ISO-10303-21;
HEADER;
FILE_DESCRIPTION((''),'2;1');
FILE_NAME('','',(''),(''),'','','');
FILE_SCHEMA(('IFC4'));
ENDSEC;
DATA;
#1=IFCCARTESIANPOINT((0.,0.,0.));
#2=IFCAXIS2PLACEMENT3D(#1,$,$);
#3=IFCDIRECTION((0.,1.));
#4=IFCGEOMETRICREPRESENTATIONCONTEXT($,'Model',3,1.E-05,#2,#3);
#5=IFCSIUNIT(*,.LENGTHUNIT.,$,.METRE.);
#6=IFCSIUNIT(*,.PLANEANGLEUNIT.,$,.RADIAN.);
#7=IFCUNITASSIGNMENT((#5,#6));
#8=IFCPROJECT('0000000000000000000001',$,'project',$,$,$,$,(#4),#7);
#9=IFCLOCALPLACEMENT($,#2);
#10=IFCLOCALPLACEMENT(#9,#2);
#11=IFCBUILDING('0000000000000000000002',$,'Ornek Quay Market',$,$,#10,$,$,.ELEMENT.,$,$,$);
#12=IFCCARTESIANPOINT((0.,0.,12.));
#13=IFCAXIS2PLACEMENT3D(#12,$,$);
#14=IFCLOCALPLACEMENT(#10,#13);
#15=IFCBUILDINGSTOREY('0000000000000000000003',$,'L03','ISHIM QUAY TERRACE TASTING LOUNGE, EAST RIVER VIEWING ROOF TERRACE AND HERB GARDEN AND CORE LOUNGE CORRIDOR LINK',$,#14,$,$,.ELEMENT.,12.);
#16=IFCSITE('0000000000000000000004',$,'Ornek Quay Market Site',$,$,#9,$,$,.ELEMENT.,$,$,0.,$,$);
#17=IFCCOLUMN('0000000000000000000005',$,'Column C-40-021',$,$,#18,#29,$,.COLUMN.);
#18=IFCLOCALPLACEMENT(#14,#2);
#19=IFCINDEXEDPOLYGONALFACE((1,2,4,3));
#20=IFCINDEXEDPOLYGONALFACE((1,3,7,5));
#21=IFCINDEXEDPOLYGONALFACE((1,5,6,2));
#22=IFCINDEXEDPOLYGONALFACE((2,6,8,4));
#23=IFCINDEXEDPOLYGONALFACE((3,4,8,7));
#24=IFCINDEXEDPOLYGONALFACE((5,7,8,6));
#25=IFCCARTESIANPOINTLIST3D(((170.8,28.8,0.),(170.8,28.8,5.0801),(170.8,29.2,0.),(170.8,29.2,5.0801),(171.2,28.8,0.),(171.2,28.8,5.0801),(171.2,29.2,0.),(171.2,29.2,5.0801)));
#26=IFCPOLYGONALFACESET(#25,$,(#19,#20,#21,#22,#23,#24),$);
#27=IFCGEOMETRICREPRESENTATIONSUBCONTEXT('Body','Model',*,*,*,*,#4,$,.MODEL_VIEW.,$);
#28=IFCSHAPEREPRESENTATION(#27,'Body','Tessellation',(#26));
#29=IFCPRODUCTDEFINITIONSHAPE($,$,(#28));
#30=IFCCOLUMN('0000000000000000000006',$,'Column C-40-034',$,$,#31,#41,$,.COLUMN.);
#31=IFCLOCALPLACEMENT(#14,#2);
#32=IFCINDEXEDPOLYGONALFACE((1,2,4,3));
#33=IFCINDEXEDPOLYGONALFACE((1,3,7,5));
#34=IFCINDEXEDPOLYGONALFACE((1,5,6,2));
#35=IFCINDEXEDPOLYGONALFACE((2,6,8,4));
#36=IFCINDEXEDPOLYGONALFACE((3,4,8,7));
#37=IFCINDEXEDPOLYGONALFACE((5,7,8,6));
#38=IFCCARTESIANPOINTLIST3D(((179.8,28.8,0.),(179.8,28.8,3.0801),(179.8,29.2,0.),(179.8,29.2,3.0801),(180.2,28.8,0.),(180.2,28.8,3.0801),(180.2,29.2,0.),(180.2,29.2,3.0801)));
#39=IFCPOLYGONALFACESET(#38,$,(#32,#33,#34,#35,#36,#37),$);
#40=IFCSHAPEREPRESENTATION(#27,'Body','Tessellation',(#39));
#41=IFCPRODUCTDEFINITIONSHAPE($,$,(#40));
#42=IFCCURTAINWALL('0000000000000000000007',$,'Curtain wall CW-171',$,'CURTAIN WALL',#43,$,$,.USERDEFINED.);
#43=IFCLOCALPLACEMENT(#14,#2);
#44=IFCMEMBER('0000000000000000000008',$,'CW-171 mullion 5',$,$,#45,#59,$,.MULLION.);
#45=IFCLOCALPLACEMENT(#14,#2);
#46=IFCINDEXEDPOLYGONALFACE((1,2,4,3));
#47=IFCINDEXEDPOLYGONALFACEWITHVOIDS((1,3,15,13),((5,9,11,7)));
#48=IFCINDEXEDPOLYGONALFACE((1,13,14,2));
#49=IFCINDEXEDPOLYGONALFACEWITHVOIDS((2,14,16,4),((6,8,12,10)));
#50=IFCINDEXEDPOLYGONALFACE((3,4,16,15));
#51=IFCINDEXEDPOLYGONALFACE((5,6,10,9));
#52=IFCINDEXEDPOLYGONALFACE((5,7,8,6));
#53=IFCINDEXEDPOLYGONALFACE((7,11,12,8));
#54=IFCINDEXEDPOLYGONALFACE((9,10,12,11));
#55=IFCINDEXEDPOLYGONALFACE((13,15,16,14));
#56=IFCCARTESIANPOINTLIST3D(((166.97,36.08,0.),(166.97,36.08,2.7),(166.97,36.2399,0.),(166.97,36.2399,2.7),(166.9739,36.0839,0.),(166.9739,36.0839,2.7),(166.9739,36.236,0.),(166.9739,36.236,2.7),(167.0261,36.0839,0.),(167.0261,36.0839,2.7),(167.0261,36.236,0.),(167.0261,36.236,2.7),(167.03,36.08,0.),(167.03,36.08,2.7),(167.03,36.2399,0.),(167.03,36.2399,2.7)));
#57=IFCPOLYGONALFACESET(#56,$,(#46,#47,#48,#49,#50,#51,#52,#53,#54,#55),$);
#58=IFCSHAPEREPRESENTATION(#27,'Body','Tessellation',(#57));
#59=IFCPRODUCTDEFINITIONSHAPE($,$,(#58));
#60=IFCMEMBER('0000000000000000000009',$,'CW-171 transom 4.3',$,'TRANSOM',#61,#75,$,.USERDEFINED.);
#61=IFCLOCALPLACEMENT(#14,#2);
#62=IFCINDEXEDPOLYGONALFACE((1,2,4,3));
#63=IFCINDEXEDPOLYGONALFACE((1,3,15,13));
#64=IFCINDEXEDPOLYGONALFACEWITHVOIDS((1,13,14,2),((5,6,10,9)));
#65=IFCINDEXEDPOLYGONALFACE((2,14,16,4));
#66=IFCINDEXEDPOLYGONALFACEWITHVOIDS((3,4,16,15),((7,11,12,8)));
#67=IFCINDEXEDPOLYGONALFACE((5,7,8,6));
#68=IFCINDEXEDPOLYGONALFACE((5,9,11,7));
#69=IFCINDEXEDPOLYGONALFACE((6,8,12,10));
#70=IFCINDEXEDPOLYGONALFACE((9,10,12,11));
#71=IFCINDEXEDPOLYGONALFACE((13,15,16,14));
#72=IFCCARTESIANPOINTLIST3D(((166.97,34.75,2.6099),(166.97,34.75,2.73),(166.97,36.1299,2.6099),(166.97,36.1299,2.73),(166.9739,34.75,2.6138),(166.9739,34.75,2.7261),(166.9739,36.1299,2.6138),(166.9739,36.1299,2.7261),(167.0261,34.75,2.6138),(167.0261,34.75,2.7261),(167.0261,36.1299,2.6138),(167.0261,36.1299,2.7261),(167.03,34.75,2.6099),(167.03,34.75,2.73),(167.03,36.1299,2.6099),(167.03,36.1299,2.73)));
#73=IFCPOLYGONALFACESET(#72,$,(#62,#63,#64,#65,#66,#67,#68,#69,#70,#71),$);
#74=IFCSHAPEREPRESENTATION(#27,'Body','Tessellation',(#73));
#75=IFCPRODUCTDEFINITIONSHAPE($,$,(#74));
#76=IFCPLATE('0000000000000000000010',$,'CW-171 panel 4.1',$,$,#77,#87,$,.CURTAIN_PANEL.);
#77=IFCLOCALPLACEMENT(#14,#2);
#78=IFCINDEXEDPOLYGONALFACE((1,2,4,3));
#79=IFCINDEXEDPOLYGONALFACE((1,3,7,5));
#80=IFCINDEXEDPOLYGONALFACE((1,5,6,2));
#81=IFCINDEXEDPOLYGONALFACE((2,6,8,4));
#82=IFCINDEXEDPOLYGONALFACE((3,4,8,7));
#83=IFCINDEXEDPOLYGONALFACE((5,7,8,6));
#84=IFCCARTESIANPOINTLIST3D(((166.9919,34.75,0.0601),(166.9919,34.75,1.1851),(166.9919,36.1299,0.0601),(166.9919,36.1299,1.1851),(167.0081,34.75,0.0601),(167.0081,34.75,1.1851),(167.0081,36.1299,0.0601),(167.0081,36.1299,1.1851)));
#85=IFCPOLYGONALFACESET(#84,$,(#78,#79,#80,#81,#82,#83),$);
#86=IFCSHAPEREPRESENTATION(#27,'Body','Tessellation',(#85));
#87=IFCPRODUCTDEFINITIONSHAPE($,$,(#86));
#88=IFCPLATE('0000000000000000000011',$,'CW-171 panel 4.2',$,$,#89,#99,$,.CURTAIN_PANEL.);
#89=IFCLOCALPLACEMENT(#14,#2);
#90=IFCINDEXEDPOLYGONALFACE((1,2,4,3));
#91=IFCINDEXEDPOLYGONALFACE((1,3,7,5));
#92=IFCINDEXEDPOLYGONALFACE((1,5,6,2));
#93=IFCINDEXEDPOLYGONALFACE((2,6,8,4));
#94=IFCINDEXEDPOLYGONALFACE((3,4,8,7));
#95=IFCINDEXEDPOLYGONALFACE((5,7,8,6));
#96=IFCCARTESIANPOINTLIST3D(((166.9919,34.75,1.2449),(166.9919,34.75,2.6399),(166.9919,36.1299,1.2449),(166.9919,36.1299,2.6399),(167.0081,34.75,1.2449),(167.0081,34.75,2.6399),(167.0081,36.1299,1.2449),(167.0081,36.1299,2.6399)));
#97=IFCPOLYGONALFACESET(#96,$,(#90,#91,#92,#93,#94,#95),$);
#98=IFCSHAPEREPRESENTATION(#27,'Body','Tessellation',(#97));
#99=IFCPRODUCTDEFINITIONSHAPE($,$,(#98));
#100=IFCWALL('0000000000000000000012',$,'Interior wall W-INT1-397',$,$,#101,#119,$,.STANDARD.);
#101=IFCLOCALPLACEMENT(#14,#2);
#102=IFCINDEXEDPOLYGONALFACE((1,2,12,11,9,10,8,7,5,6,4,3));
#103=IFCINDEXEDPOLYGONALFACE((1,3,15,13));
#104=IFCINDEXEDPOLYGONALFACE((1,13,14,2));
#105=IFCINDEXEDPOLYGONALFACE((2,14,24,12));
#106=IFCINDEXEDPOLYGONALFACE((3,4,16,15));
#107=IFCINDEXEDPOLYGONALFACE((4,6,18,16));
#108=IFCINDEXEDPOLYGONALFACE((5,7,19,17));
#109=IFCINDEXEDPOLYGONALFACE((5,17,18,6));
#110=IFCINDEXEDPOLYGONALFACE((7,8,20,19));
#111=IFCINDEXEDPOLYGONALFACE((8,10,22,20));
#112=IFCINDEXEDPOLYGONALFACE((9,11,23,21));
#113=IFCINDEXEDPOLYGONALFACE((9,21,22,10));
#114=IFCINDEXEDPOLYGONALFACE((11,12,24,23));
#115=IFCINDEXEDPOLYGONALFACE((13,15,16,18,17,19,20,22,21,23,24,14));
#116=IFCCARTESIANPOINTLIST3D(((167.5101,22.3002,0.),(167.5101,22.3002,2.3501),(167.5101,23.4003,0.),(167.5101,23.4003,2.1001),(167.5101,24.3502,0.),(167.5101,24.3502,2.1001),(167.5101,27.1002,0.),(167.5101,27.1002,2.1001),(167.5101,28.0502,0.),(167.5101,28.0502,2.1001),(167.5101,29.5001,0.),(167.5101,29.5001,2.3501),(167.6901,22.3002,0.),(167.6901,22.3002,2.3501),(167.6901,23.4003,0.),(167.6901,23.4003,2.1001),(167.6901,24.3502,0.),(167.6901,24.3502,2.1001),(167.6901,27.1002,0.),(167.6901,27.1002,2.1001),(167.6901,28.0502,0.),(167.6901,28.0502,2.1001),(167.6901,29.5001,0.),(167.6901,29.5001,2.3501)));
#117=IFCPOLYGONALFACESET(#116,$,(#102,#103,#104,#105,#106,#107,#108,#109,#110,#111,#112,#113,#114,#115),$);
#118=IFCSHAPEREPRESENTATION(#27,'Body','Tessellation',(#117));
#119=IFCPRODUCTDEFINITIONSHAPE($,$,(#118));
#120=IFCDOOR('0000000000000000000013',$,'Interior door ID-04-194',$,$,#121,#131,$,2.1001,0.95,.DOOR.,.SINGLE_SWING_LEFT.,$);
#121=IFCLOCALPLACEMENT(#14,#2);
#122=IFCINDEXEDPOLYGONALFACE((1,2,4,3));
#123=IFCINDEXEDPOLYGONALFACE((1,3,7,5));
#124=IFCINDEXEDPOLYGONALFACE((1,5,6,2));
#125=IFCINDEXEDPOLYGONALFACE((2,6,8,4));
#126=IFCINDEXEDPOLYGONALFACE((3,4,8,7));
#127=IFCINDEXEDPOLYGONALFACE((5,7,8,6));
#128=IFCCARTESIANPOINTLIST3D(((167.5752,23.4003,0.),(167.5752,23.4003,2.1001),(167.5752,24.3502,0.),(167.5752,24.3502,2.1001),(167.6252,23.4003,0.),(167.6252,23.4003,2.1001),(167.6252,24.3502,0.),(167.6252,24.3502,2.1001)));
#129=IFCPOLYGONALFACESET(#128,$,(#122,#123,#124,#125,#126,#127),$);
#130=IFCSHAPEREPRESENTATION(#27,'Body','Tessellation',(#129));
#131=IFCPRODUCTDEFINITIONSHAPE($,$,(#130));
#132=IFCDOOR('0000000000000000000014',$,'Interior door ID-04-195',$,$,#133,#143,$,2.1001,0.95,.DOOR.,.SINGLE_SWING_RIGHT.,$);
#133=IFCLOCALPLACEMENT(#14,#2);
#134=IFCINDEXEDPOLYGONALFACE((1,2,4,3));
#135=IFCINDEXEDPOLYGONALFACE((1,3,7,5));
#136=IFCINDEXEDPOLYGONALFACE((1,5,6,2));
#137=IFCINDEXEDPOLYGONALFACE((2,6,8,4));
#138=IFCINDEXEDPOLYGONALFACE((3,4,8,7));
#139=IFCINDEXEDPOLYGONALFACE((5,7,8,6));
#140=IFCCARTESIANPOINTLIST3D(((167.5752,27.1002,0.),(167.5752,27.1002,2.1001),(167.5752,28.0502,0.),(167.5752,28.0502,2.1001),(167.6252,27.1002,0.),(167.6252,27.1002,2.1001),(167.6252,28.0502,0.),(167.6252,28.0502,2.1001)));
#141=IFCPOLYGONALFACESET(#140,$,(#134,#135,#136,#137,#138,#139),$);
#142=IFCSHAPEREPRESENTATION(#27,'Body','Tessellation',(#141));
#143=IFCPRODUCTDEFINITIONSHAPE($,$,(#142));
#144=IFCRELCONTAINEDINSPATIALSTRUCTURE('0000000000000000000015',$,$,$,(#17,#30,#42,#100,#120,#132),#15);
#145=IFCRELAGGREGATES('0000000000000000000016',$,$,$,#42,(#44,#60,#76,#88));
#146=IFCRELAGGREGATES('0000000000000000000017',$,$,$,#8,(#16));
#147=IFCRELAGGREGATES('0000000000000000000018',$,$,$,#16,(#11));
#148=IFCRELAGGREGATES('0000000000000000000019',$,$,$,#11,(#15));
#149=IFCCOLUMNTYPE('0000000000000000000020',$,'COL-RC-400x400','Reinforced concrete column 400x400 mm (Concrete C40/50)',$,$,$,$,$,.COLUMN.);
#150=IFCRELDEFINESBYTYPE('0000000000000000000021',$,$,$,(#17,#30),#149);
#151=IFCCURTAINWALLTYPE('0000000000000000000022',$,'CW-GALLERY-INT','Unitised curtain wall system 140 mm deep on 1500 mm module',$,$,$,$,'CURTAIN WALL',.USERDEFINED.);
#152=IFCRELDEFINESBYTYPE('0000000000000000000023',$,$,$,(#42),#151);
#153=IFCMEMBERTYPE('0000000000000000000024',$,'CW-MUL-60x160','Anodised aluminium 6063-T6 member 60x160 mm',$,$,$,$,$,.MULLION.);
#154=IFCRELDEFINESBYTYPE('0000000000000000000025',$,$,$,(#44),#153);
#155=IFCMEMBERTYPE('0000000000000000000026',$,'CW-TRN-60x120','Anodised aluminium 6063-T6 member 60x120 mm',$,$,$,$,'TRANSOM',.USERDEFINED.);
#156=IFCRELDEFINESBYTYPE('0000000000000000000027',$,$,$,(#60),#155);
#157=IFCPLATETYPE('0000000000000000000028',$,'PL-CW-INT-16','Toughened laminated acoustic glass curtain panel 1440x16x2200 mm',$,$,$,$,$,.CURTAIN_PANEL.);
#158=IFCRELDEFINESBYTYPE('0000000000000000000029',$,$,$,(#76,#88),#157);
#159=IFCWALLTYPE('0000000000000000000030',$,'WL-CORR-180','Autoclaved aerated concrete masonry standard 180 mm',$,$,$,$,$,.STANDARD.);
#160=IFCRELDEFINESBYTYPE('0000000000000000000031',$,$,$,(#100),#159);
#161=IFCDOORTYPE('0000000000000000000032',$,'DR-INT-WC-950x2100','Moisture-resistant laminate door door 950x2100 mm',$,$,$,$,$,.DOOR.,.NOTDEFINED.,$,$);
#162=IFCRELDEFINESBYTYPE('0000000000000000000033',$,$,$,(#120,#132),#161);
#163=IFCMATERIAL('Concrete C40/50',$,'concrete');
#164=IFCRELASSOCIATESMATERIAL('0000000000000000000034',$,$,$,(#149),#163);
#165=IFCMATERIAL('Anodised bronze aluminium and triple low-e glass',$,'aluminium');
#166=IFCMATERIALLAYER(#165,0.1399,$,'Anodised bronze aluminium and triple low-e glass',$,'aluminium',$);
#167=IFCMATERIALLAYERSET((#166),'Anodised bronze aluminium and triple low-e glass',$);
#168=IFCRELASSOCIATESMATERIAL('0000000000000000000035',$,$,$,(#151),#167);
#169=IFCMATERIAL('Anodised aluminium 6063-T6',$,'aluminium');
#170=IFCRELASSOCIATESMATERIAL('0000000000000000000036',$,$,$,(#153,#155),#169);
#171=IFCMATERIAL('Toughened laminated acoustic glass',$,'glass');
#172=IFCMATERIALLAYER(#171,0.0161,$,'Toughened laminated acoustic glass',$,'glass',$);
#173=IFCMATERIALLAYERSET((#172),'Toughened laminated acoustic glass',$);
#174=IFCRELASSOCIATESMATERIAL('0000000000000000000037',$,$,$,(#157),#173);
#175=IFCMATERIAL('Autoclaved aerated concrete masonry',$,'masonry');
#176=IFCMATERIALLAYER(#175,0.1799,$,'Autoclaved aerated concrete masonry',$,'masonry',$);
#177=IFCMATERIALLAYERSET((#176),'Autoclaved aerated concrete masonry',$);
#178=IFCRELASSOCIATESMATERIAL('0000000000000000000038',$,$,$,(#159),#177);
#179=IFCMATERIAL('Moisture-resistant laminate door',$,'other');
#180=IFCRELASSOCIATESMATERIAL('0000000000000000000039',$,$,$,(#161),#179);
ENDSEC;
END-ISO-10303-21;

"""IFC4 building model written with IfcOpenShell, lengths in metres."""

from ifc_helpers import new_model, si_unit, direction, frame, frame_2d, origin, origin_2d, place, context, subcontext, project, spatial, rectangle, hollow_rectangle, extrude, material, layer, layer_set, material_profile, profile_set, type_object, element, fill, aggregate, save


model = new_model("IFC4")

# Units and contexts
model_context = context("Model", 3, precision=1e-05, world=origin(), true_north=direction((0.0, 1.0)))
body_context = subcontext(model_context, "Body", "Model", "MODEL_VIEW")
ifc_project = project(units=[si_unit("LENGTHUNIT", "METRE"), si_unit("PLANEANGLEUNIT", "RADIAN")], contexts=[model_context])

# Site, building, storey
site_placement = place(None, origin())
site = spatial("IfcSite", under=ifc_project, at=site_placement, Name="Ornek Quay Market Site", CompositionType="ELEMENT", RefElevation=0.0)
building_placement = place(site_placement, origin())
building = spatial("IfcBuilding", under=site, at=building_placement, Name="Ornek Quay Market", CompositionType="ELEMENT")
storey_placement = place(building_placement, frame((0.0, 0.0, 12.0)))
storey = spatial("IfcBuildingStorey", under=building, at=storey_placement, Name="L03", Description="ISHIM QUAY TERRACE TASTING LOUNGE, EAST RIVER VIEWING ROOF TERRACE AND HERB GARDEN AND CORE LOUNGE CORRIDOR LINK", CompositionType="ELEMENT", Elevation=12.0)

# Columns
ifc_material_1 = material(Name="Concrete C40/50", Category="concrete")
ifc_material_profile_1 = material_profile(ifc_material_1, rectangle(XDim=0.3999, YDim=0.3999, at=origin_2d()), Name="RC 400x400", Category="concrete")
ifc_profile_set_1 = profile_set([ifc_material_profile_1], Name="Concrete C40/50")
column_type = type_object("IfcColumnType", Name="COL-RC-400x400", Description="Reinforced concrete column 400x400 mm (Concrete C40/50)", PredefinedType="COLUMN", material=ifc_profile_set_1)
column_1_placement = place(storey_placement, frame((171.0, 29.0, 0.0), z_axis=(0.0, 0.0, 1.0), x_axis=(1.0, 0.0, 0.0)))
element("IfcColumn", 1, at=column_1_placement, inside=storey, type_object=column_type, Name="Column C-40-021", PredefinedType="COLUMN", context=body_context, shape_type="SweptSolid", body=[
    extrude(rectangle(XDim=0.3999, YDim=0.3999, at=origin_2d()), origin(), (0.0, 0.0, 1.0), 5.0801),
])
column_2_placement = place(storey_placement, frame((180.0, 29.0, 0.0), z_axis=(0.0, 0.0, 1.0), x_axis=(1.0, 0.0, 0.0)))
element("IfcColumn", 2, at=column_2_placement, inside=storey, type_object=column_type, Name="Column C-40-034", PredefinedType="COLUMN", context=body_context, shape_type="SweptSolid", body=[
    extrude(rectangle(XDim=0.3999, YDim=0.3999, at=origin_2d()), origin(), (0.0, 0.0, 1.0), 3.0801),
])

# Curtain wall, members, plates
ifc_material_2 = material(Name="Anodised bronze aluminium and triple low-e glass", Category="aluminium")
ifc_layer_1 = layer(ifc_material_2, 0.1399, Name="Anodised bronze aluminium and triple low-e glass", Category="aluminium")
ifc_layer_set_1 = layer_set([ifc_layer_1], Name="Anodised bronze aluminium and triple low-e glass")
curtain_wall_type = type_object("IfcCurtainWallType", Name="CW-GALLERY-INT", Description="Unitised curtain wall system 140 mm deep on 1500 mm module", ElementType="CURTAIN WALL", PredefinedType="USERDEFINED", material=ifc_layer_set_1)
curtain_wall_placement = place(storey_placement, origin())
curtain_wall = element("IfcCurtainWall", 3, at=curtain_wall_placement, inside=storey, type_object=curtain_wall_type, Name="Curtain wall CW-171", ObjectType="CURTAIN WALL", PredefinedType="USERDEFINED")
ifc_material_3 = material(Name="Anodised aluminium 6063-T6", Category="aluminium")
ifc_material_profile_2 = material_profile(ifc_material_3, hollow_rectangle(XDim=0.0601, YDim=0.1599, WallThickness=0.0039, at=origin_2d()), Name="CW-MUL-60x160", Category="aluminium")
ifc_profile_set_2 = profile_set([ifc_material_profile_2], Name="Anodised aluminium 6063-T6")
member_type_1 = type_object("IfcMemberType", Name="CW-MUL-60x160", Description="Anodised aluminium 6063-T6 member 60x160 mm", PredefinedType="MULLION", material=ifc_profile_set_2)
member_1_placement = place(storey_placement, frame((167.0, 36.1599, 0.0), z_axis=(0.0, 0.0, 1.0), x_axis=(-1.0, 0.0, 0.0)))
member_1 = element("IfcMember", 4, at=member_1_placement, type_object=member_type_1, Name="CW-171 mullion 5", PredefinedType="MULLION", context=body_context, shape_type="SweptSolid", body=[
    extrude(hollow_rectangle(XDim=0.0601, YDim=0.1599, WallThickness=0.0039, at=origin_2d()), origin(), (0.0, 0.0, 1.0), 2.7),
])
ifc_material_profile_3 = material_profile(ifc_material_3, hollow_rectangle(XDim=0.0601, YDim=0.1201, WallThickness=0.0039, at=origin_2d()), Name="CW-TRN-60x120", Category="aluminium")
ifc_profile_set_3 = profile_set([ifc_material_profile_3], Name="Anodised aluminium 6063-T6")
member_type_2 = type_object("IfcMemberType", Name="CW-TRN-60x120", Description="Anodised aluminium 6063-T6 member 60x120 mm", ElementType="TRANSOM", PredefinedType="USERDEFINED", material=ifc_profile_set_3)
member_2_placement = place(storey_placement, frame((167.0, 34.75, 2.6699), z_axis=(0.0, 1.0, 0.0), x_axis=(-1.0, 0.0, 0.0)))
member_2 = element("IfcMember", 5, at=member_2_placement, type_object=member_type_2, Name="CW-171 transom 4.3", ObjectType="TRANSOM", PredefinedType="USERDEFINED", context=body_context, shape_type="SweptSolid", body=[
    extrude(hollow_rectangle(XDim=0.0601, YDim=0.1201, WallThickness=0.0039, at=origin_2d()), origin(), (0.0, 0.0, 1.0), 1.3799),
])
ifc_material_4 = material(Name="Toughened laminated acoustic glass", Category="glass")
ifc_layer_2 = layer(ifc_material_4, 0.0161, Name="Toughened laminated acoustic glass", Category="glass")
ifc_layer_set_2 = layer_set([ifc_layer_2], Name="Toughened laminated acoustic glass")
plate_type = type_object("IfcPlateType", Name="PL-CW-INT-16", Description="Toughened laminated acoustic glass curtain panel 1440x16x2200 mm", PredefinedType="CURTAIN_PANEL", material=ifc_layer_set_2)
plate_1_placement = place(storey_placement, frame((167.0, 35.4399, 0.0601), z_axis=(0.0, 0.0, 1.0), x_axis=(0.0, 1.0, 0.0)))
plate_1 = element("IfcPlate", 6, at=plate_1_placement, type_object=plate_type, Name="CW-171 panel 4.1", PredefinedType="CURTAIN_PANEL", context=body_context, shape_type="SweptSolid", body=[
    extrude(rectangle(XDim=1.3799, YDim=0.0161, at=origin_2d()), origin(), (0.0, 0.0, 1.0), 1.125),
])
plate_2_placement = place(storey_placement, frame((167.0, 35.4399, 1.2449), z_axis=(0.0, 0.0, 1.0), x_axis=(0.0, 1.0, 0.0)))
plate_2 = element("IfcPlate", 7, at=plate_2_placement, type_object=plate_type, Name="CW-171 panel 4.2", PredefinedType="CURTAIN_PANEL", context=body_context, shape_type="SweptSolid", body=[
    extrude(rectangle(XDim=1.3799, YDim=0.0161, at=origin_2d()), origin(), (0.0, 0.0, 1.0), 1.395),
])
aggregate(curtain_wall, [member_1, member_2, plate_1, plate_2])

# Wall, openings, doors
ifc_material_5 = material(Name="Autoclaved aerated concrete masonry", Category="masonry")
ifc_layer_3 = layer(ifc_material_5, 0.1799, Name="Autoclaved aerated concrete masonry", Category="masonry")
ifc_layer_set_3 = layer_set([ifc_layer_3], Name="Autoclaved aerated concrete masonry")
wall_type_1 = type_object("IfcWallType", Name="WL-CORR-180", Description="Autoclaved aerated concrete masonry standard 180 mm", PredefinedType="STANDARD", material=ifc_layer_set_3)
wall_1_placement = place(storey_placement, frame((167.6001, 22.3, 0.0), z_axis=(0.0, 0.0, 1.0), x_axis=(0.0, 1.0, 0.0)))
wall_1 = element("IfcWall", 8, at=wall_1_placement, inside=storey, type_object=wall_type_1, Name="Interior wall W-INT1-397", PredefinedType="STANDARD", context=body_context, shape_type="SweptSolid", body=[
    extrude(rectangle(XDim=7.2, YDim=0.1799, at=frame_2d((3.6001, 0.0))), origin(), (0.0, 0.0, 1.0), 2.3501),
])
opening_1_placement = place(wall_1_placement, frame((1.1001, 0.0, 0.0)))
opening_1 = element("IfcOpeningElement", 9, at=opening_1_placement, cuts=wall_1, PredefinedType="OPENING", context=body_context, shape_type="SweptSolid", body=[
    extrude(rectangle(XDim=0.95, YDim=2.1001, at=frame_2d((0.4751, 1.05))), frame((0.0, 0.0999, 0.0), z_axis=(0.0, -1.0, 0.0), x_axis=(1.0, 0.0, 0.0)), (0.0, 0.0, 1.0), 0.2),
])
opening_2_placement = place(wall_1_placement, frame((4.8, 0.0, 0.0)))
opening_2 = element("IfcOpeningElement", 10, at=opening_2_placement, cuts=wall_1, PredefinedType="OPENING", context=body_context, shape_type="SweptSolid", body=[
    extrude(rectangle(XDim=0.95, YDim=2.1001, at=frame_2d((0.4751, 1.05))), frame((0.0, 0.0999, 0.0), z_axis=(0.0, -1.0, 0.0), x_axis=(1.0, 0.0, 0.0)), (0.0, 0.0, 1.0), 0.2),
])
ifc_material_6 = material(Name="Moisture-resistant laminate door", Category="other")
door_type = type_object("IfcDoorType", Name="DR-INT-WC-950x2100", Description="Moisture-resistant laminate door door 950x2100 mm", OperationType="NOTDEFINED", PredefinedType="DOOR", material=ifc_material_6)
door_1_placement = place(opening_1_placement, origin())
door_1 = element("IfcDoor", 11, at=door_1_placement, inside=storey, type_object=door_type, Name="Interior door ID-04-194", OperationType="SINGLE_SWING_LEFT", OverallHeight=2.1001, OverallWidth=0.95, PredefinedType="DOOR", context=body_context, shape_type="SweptSolid", body=[
    extrude(rectangle(XDim=0.95, YDim=2.1001, at=frame_2d((0.4751, 1.05))), frame((0.0, 0.0249, 0.0), z_axis=(0.0, -1.0, 0.0), x_axis=(1.0, 0.0, 0.0)), (0.0, 0.0, 1.0), 0.05),
])
fill(opening_1, door_1)
door_2_placement = place(opening_2_placement, origin())
door_2 = element("IfcDoor", 12, at=door_2_placement, inside=storey, type_object=door_type, Name="Interior door ID-04-195", OperationType="SINGLE_SWING_RIGHT", OverallHeight=2.1001, OverallWidth=0.95, PredefinedType="DOOR", context=body_context, shape_type="SweptSolid", body=[
    extrude(rectangle(XDim=0.95, YDim=2.1001, at=frame_2d((0.4751, 1.05))), frame((0.0, 0.0249, 0.0), z_axis=(0.0, -1.0, 0.0), x_axis=(1.0, 0.0, 0.0)), (0.0, 0.0, 1.0), 0.05),
])
fill(opening_2, door_2)

save(model, "model.ifc")
